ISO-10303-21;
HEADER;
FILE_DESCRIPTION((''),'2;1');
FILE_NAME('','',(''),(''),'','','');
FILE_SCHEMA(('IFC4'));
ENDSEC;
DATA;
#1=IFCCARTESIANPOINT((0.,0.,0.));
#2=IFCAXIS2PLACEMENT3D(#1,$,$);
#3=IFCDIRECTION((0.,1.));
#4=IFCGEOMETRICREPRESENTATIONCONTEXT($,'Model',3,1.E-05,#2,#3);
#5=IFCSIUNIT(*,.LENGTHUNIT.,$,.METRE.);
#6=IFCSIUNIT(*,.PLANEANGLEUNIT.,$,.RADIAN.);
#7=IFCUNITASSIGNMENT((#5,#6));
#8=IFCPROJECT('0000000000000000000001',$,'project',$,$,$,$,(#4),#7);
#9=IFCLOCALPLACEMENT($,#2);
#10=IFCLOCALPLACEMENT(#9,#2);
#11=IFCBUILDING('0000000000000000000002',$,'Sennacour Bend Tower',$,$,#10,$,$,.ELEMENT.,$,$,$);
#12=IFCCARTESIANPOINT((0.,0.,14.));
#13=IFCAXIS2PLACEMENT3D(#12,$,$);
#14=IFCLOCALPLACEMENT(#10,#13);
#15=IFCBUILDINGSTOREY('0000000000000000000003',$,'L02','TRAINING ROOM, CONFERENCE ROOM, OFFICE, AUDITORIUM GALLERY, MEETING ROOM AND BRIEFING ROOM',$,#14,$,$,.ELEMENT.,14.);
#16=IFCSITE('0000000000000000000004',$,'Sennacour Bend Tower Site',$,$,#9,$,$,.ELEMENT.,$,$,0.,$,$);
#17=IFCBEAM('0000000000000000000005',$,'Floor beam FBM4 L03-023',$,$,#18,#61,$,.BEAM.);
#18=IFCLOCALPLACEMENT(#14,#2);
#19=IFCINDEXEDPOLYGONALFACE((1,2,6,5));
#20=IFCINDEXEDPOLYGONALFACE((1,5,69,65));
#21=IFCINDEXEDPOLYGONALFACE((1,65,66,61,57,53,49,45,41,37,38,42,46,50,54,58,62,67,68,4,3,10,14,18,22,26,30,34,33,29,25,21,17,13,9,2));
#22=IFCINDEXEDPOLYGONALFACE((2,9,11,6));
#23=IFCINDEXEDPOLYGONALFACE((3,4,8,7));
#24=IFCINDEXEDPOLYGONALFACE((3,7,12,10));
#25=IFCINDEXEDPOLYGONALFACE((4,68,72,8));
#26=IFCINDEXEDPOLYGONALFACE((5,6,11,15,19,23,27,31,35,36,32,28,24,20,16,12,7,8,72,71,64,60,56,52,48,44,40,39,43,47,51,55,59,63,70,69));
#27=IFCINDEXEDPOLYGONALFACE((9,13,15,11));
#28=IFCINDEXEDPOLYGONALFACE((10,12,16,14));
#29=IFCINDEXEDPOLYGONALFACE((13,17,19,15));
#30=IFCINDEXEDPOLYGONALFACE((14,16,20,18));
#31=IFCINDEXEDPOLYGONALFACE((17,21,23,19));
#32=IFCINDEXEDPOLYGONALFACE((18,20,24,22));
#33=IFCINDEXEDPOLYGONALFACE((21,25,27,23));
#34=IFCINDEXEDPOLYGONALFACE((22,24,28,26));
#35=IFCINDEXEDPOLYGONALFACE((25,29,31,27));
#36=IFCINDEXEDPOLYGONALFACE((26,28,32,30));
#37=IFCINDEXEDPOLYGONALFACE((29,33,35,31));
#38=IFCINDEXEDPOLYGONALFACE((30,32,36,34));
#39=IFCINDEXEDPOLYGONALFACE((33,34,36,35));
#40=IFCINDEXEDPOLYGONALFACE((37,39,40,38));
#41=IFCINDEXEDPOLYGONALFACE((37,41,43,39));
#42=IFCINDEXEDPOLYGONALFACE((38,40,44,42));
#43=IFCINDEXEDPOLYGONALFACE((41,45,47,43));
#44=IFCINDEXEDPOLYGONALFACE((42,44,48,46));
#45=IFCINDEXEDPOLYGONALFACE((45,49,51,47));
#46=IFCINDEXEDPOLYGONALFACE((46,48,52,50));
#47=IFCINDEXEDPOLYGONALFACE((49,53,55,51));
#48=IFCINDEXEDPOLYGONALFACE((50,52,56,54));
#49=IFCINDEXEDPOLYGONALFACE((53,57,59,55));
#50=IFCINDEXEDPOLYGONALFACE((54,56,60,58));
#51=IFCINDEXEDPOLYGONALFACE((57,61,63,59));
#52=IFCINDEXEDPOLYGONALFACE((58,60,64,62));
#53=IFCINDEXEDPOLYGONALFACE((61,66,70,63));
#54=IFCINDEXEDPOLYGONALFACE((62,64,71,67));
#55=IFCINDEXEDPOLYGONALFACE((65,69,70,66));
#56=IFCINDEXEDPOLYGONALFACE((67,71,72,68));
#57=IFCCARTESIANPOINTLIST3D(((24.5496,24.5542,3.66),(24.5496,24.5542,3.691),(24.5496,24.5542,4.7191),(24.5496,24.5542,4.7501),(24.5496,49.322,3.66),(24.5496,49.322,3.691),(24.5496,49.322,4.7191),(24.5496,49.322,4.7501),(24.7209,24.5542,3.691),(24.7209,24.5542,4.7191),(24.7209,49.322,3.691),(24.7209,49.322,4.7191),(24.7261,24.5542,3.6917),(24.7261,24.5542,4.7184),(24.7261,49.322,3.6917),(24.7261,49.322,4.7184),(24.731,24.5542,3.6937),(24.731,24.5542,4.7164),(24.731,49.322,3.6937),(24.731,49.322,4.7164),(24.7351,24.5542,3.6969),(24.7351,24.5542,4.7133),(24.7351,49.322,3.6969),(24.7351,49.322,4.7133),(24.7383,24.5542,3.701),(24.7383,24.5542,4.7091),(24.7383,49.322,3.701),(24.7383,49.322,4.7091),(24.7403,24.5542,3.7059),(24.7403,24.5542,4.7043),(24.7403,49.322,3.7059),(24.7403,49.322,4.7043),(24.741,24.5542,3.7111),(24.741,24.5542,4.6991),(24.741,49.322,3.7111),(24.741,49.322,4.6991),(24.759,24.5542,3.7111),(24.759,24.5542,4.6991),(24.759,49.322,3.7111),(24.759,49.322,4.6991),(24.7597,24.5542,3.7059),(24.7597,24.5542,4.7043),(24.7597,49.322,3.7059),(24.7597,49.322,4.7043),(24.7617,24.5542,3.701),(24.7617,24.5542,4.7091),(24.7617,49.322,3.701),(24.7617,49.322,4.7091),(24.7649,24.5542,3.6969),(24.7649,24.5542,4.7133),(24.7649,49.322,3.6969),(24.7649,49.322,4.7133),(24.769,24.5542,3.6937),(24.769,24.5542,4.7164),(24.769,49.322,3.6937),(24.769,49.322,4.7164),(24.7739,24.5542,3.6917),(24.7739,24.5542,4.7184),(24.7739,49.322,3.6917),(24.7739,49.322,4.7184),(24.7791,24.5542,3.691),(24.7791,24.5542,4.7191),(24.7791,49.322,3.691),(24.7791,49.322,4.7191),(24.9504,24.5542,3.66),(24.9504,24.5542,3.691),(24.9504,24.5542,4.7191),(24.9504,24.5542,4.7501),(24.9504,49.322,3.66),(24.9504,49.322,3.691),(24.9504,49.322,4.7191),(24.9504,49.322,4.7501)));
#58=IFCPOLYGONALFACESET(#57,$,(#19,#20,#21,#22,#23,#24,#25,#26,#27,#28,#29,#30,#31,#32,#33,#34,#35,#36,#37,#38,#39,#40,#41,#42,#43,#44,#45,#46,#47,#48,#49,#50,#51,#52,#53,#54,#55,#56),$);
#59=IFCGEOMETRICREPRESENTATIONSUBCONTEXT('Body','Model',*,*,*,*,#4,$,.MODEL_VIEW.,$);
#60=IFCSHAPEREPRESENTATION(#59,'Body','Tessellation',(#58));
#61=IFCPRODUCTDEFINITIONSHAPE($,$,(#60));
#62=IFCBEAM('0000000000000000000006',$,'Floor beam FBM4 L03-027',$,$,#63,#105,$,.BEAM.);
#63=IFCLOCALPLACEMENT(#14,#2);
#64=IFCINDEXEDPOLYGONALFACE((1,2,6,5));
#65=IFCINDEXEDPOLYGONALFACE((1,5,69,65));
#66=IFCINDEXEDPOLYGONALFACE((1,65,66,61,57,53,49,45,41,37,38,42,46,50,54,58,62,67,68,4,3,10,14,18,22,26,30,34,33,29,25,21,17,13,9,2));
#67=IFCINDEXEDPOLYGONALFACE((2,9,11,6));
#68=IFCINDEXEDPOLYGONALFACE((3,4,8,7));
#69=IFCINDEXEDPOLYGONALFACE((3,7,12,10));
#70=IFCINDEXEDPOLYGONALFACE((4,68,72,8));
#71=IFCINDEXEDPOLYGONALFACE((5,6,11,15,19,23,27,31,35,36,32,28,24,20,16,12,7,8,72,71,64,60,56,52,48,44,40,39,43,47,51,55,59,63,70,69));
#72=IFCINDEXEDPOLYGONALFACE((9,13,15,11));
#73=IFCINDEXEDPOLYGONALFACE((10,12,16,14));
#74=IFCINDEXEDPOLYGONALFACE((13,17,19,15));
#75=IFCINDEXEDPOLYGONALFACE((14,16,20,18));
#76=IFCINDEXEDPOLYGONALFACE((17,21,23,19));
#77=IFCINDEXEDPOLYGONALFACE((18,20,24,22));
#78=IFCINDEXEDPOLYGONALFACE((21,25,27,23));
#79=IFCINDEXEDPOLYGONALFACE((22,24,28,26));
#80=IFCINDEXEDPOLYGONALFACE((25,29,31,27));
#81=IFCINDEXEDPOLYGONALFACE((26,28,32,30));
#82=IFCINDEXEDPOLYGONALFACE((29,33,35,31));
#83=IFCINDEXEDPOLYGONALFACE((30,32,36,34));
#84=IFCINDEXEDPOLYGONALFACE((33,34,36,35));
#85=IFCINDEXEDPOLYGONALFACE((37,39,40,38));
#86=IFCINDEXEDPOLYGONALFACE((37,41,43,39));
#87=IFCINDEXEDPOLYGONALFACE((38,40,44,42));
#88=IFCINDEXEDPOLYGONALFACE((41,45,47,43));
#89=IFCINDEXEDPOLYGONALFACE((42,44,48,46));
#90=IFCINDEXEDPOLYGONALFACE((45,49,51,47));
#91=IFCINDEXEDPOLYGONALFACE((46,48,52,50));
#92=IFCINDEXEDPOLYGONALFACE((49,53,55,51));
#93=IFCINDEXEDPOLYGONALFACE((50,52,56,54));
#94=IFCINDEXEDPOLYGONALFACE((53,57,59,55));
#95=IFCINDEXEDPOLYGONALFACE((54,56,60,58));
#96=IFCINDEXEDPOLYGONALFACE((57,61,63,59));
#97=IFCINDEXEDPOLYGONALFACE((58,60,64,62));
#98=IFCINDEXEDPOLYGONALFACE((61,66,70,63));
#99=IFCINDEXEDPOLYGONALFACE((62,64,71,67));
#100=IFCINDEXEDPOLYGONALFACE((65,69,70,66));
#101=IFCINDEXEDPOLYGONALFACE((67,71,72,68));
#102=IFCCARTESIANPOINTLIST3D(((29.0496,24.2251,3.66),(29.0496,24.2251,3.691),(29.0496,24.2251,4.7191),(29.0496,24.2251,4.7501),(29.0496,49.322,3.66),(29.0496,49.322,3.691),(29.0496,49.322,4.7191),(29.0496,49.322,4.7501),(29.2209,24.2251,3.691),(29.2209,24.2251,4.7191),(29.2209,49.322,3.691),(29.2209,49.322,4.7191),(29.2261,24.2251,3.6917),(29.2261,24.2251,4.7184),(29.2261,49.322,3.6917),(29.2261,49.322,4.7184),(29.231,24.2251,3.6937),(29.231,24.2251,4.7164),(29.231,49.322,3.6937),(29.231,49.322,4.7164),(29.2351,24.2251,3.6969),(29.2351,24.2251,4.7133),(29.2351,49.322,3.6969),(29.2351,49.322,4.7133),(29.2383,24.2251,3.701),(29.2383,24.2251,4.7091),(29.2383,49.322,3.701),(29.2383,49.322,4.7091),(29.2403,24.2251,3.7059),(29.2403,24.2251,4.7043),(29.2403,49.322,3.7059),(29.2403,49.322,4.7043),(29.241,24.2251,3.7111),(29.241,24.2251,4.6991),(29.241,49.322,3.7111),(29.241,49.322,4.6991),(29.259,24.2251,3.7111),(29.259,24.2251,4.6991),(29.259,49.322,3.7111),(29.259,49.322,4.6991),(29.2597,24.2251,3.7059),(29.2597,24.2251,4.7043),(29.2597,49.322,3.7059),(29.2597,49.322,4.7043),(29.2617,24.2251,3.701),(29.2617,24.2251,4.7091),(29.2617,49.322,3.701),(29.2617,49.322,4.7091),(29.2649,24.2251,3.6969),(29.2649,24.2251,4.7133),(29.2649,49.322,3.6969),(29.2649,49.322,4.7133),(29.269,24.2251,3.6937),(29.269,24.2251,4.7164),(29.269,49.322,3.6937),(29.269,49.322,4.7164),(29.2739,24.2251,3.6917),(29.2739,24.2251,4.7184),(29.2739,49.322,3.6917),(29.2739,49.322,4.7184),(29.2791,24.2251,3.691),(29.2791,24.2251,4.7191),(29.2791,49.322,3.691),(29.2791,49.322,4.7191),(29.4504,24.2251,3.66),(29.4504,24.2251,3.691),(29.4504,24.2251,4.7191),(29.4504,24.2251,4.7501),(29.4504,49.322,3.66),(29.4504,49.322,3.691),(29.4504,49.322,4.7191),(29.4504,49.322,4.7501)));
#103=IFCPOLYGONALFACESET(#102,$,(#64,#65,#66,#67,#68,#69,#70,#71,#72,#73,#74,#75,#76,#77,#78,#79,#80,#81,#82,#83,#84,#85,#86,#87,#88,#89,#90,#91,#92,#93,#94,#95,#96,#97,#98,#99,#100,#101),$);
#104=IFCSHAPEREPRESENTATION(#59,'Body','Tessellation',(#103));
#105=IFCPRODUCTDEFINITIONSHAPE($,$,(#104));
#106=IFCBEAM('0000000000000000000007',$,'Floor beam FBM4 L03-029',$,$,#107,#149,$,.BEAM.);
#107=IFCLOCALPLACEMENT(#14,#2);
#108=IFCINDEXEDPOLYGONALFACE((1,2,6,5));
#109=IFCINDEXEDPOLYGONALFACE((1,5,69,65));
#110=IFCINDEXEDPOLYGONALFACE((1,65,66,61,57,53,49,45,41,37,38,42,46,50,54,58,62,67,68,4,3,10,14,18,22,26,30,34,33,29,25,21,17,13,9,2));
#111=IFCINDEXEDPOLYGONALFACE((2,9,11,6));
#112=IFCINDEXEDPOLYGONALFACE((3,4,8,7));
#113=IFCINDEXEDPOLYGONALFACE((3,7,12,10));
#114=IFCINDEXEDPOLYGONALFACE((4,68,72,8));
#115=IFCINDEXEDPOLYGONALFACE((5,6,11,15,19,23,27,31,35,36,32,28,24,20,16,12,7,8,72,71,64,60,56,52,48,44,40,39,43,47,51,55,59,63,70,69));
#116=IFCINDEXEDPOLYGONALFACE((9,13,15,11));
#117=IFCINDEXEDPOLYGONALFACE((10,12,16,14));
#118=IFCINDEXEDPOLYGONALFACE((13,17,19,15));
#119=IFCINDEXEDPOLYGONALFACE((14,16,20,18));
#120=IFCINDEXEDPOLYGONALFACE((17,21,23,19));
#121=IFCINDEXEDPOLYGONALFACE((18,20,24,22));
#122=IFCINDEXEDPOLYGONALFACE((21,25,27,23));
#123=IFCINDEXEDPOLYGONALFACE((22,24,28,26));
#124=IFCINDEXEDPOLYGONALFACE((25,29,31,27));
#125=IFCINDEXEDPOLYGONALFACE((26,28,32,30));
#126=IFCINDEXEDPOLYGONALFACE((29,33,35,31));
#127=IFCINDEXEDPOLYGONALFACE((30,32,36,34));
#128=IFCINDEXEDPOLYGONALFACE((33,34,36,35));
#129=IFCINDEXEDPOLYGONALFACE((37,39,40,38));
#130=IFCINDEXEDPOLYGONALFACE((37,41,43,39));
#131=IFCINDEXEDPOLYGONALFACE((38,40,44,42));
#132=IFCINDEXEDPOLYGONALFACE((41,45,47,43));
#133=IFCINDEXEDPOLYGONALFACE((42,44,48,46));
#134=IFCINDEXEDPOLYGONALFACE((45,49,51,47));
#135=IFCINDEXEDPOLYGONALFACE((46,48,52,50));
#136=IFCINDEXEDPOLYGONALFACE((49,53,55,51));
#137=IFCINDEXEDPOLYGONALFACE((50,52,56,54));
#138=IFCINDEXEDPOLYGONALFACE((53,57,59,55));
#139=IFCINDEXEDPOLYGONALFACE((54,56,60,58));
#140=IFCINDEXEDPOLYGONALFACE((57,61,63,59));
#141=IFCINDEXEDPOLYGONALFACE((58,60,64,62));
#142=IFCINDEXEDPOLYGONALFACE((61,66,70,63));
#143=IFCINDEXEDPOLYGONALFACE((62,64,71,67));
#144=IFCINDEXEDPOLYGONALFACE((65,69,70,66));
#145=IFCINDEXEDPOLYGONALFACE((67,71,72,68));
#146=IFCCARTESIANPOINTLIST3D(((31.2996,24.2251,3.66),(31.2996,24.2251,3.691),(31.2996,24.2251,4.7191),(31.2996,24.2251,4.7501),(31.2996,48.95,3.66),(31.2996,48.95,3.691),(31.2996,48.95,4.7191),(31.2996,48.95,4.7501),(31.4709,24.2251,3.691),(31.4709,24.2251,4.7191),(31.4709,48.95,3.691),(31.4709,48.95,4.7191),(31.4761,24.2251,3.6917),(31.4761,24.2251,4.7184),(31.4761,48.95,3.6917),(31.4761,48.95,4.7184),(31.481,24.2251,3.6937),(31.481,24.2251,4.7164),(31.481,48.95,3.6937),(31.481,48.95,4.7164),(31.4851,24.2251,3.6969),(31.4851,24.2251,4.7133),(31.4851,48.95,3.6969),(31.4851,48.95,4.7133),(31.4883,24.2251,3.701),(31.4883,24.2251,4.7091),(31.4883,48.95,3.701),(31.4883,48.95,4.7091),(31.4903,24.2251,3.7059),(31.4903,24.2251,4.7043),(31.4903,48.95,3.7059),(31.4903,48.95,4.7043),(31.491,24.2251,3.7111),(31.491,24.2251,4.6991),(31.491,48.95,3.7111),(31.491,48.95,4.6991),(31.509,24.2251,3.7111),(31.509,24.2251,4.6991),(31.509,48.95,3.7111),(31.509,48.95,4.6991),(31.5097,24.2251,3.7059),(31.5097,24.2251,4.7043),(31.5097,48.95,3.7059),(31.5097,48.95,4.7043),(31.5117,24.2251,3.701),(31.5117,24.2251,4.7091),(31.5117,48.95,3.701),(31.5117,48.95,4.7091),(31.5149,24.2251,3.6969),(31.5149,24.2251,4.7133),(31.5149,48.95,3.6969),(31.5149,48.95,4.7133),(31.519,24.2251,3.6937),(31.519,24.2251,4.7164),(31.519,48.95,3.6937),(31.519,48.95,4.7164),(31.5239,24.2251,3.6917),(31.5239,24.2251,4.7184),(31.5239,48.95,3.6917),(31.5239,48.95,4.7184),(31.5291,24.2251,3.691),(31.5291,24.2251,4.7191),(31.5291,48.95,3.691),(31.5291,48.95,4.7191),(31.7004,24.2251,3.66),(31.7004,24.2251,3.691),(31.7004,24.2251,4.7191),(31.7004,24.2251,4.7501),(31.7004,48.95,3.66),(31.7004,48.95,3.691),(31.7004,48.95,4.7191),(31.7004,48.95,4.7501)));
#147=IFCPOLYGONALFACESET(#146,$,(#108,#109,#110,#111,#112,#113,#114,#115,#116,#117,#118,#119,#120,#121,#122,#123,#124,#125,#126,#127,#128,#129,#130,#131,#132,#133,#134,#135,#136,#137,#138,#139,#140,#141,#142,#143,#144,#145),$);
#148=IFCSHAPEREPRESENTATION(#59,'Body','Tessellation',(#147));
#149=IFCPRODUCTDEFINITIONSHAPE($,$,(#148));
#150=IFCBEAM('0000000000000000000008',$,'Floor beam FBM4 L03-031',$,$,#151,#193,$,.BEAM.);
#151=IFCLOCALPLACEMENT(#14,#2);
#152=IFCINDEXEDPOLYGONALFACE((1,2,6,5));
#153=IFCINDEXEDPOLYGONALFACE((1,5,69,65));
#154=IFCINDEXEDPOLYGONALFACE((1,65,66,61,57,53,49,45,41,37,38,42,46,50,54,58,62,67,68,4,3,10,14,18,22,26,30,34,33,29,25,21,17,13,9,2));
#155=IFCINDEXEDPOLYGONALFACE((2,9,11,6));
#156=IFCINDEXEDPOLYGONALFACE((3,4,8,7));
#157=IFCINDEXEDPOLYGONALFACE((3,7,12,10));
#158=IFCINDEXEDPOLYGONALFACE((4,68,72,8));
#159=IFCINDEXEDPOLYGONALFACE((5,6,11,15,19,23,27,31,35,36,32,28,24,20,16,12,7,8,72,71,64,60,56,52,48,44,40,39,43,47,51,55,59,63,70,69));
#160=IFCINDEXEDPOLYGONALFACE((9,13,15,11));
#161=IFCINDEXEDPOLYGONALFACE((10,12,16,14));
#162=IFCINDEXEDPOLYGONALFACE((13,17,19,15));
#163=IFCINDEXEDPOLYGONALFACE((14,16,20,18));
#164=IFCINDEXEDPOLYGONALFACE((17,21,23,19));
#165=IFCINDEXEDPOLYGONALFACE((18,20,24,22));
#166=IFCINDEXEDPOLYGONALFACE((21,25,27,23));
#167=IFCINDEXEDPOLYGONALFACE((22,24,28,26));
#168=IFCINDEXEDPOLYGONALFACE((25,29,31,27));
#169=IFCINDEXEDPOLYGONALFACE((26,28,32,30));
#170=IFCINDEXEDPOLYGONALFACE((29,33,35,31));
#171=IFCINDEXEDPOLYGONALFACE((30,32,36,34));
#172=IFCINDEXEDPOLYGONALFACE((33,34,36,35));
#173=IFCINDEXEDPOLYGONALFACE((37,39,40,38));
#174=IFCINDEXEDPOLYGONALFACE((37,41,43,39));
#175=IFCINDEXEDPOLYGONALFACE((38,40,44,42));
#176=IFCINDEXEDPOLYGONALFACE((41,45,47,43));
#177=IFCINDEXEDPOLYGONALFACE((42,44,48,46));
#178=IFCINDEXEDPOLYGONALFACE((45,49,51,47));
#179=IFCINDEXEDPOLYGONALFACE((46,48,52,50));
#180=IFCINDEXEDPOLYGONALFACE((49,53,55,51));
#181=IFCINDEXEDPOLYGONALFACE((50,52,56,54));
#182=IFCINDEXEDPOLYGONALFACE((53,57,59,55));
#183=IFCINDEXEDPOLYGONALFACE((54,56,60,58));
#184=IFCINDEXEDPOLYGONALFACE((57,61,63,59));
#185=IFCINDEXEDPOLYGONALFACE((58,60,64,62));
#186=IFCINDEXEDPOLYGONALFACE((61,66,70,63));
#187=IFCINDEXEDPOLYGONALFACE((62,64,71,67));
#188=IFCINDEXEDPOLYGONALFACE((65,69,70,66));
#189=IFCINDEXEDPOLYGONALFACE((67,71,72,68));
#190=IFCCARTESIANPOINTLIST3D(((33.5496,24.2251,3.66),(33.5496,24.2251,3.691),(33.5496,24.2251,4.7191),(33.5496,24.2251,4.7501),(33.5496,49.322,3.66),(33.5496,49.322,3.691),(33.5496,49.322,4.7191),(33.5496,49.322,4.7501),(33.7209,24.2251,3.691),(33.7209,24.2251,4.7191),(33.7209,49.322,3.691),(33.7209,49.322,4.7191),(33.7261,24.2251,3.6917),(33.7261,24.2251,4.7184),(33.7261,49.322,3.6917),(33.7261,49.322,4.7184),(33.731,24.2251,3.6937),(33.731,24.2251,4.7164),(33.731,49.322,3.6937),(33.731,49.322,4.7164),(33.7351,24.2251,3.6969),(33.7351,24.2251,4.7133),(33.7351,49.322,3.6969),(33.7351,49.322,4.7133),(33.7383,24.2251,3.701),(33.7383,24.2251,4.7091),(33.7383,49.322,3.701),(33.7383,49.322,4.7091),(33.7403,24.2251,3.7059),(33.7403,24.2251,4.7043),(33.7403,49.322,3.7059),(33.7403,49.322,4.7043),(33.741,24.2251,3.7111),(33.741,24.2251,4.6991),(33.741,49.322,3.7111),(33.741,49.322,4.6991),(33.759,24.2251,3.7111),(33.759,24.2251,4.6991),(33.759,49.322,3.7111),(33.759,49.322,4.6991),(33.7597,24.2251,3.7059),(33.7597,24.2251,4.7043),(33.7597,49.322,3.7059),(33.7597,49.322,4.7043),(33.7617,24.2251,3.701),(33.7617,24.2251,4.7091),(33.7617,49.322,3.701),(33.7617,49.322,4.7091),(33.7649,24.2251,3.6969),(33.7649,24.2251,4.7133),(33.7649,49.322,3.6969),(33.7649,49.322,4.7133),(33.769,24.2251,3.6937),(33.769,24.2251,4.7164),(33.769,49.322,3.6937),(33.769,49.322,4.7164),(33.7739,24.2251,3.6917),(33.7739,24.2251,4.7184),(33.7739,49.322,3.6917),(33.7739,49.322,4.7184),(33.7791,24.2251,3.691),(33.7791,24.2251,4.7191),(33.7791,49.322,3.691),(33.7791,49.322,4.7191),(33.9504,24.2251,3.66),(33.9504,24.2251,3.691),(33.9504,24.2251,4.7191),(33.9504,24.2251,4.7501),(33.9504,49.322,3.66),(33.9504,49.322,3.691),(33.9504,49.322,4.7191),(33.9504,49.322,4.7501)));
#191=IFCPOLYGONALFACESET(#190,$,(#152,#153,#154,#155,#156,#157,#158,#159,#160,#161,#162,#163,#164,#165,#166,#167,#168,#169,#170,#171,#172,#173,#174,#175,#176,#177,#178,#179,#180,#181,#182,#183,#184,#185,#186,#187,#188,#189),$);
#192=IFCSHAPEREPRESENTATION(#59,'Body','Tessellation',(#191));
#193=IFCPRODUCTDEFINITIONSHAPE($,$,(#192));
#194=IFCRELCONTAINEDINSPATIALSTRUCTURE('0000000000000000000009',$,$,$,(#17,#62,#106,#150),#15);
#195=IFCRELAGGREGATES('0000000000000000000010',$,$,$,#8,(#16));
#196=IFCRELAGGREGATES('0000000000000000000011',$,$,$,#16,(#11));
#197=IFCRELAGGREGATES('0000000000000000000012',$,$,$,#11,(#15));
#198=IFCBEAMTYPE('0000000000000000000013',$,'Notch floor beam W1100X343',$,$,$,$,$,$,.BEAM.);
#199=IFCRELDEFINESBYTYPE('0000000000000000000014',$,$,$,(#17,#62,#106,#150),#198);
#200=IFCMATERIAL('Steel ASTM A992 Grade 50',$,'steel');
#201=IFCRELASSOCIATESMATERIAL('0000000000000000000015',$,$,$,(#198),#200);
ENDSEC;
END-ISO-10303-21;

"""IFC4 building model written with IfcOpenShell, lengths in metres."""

from ifc_helpers import new_model, si_unit, direction, frame, origin, origin_2d, place, context, subcontext, project, spatial, i_section, extrude, material, material_profile, profile_set, type_object, element, save


model = new_model("IFC4")

# Units and contexts
model_context = context("Model", 3, precision=1e-05, world=origin(), true_north=direction((0.0, 1.0)))
body_context = subcontext(model_context, "Body", "Model", "MODEL_VIEW")
ifc_project = project(units=[si_unit("LENGTHUNIT", "METRE"), si_unit("PLANEANGLEUNIT", "RADIAN")], contexts=[model_context])

# Site, building, storey
site_placement = place(None, origin())
site = spatial("IfcSite", under=ifc_project, at=site_placement, Name="Sennacour Bend Tower Site", CompositionType="ELEMENT", RefElevation=0.0)
building_placement = place(site_placement, origin())
building = spatial("IfcBuilding", under=site, at=building_placement, Name="Sennacour Bend Tower", CompositionType="ELEMENT")
storey_placement = place(building_placement, frame((0.0, 0.0, 14.0)))
storey = spatial("IfcBuildingStorey", under=building, at=storey_placement, Name="L02", Description="TRAINING ROOM, CONFERENCE ROOM, OFFICE, AUDITORIUM GALLERY, MEETING ROOM AND BRIEFING ROOM", CompositionType="ELEMENT", Elevation=14.0)

# Beams
ifc_material_1 = material(Name="Steel ASTM A992 Grade 50", Category="steel")
ifc_material_profile_1 = material_profile(ifc_material_1, i_section(OverallWidth=0.4009, OverallDepth=1.0901, WebThickness=0.0181, FlangeThickness=0.031, FilletRadius=0.02, at=origin_2d()), Name="Steel ASTM A992 Grade 50", Category="steel")
ifc_profile_set_1 = profile_set([ifc_material_profile_1], Name="Steel ASTM A992 Grade 50")
beam_type_1 = type_object("IfcBeamType", Name="Notch floor beam W1100X343", PredefinedType="BEAM", material=ifc_profile_set_1)
beam_1_placement = place(storey_placement, frame((24.75, 24.5542, 4.2051), z_axis=(0.0, 1.0, 0.0), x_axis=(-1.0, 0.0, 0.0)))
element("IfcBeam", 1, at=beam_1_placement, inside=storey, type_object=beam_type_1, Name="Floor beam FBM4 L03-023", PredefinedType="BEAM", context=body_context, shape_type="SweptSolid", body=[
    extrude(i_section(OverallWidth=0.4009, OverallDepth=1.0901, WebThickness=0.0181, FlangeThickness=0.031, FilletRadius=0.02, at=origin_2d()), origin(), (0.0, 0.0, 1.0), 24.7678),
])
beam_2_placement = place(storey_placement, frame((29.25, 24.2251, 4.2051), z_axis=(0.0, 1.0, 0.0), x_axis=(-1.0, 0.0, 0.0)))
element("IfcBeam", 2, at=beam_2_placement, inside=storey, type_object=beam_type_1, Name="Floor beam FBM4 L03-027", PredefinedType="BEAM", context=body_context, shape_type="SweptSolid", body=[
    extrude(i_section(OverallWidth=0.4009, OverallDepth=1.0901, WebThickness=0.0181, FlangeThickness=0.031, FilletRadius=0.02, at=origin_2d()), origin(), (0.0, 0.0, 1.0), 25.0969),
])
beam_3_placement = place(storey_placement, frame((31.5, 24.2251, 4.2051), z_axis=(0.0, 1.0, 0.0), x_axis=(-1.0, 0.0, 0.0)))
element("IfcBeam", 3, at=beam_3_placement, inside=storey, type_object=beam_type_1, Name="Floor beam FBM4 L03-029", PredefinedType="BEAM", context=body_context, shape_type="SweptSolid", body=[
    extrude(i_section(OverallWidth=0.4009, OverallDepth=1.0901, WebThickness=0.0181, FlangeThickness=0.031, FilletRadius=0.02, at=origin_2d()), origin(), (0.0, 0.0, 1.0), 24.7249),
])
beam_4_placement = place(storey_placement, frame((33.75, 24.2251, 4.2051), z_axis=(0.0, 1.0, 0.0), x_axis=(-1.0, 0.0, 0.0)))
element("IfcBeam", 4, at=beam_4_placement, inside=storey, type_object=beam_type_1, Name="Floor beam FBM4 L03-031", PredefinedType="BEAM", context=body_context, shape_type="SweptSolid", body=[
    extrude(i_section(OverallWidth=0.4009, OverallDepth=1.0901, WebThickness=0.0181, FlangeThickness=0.031, FilletRadius=0.02, at=origin_2d()), origin(), (0.0, 0.0, 1.0), 25.0969),
])

save(model, "model.ifc")
